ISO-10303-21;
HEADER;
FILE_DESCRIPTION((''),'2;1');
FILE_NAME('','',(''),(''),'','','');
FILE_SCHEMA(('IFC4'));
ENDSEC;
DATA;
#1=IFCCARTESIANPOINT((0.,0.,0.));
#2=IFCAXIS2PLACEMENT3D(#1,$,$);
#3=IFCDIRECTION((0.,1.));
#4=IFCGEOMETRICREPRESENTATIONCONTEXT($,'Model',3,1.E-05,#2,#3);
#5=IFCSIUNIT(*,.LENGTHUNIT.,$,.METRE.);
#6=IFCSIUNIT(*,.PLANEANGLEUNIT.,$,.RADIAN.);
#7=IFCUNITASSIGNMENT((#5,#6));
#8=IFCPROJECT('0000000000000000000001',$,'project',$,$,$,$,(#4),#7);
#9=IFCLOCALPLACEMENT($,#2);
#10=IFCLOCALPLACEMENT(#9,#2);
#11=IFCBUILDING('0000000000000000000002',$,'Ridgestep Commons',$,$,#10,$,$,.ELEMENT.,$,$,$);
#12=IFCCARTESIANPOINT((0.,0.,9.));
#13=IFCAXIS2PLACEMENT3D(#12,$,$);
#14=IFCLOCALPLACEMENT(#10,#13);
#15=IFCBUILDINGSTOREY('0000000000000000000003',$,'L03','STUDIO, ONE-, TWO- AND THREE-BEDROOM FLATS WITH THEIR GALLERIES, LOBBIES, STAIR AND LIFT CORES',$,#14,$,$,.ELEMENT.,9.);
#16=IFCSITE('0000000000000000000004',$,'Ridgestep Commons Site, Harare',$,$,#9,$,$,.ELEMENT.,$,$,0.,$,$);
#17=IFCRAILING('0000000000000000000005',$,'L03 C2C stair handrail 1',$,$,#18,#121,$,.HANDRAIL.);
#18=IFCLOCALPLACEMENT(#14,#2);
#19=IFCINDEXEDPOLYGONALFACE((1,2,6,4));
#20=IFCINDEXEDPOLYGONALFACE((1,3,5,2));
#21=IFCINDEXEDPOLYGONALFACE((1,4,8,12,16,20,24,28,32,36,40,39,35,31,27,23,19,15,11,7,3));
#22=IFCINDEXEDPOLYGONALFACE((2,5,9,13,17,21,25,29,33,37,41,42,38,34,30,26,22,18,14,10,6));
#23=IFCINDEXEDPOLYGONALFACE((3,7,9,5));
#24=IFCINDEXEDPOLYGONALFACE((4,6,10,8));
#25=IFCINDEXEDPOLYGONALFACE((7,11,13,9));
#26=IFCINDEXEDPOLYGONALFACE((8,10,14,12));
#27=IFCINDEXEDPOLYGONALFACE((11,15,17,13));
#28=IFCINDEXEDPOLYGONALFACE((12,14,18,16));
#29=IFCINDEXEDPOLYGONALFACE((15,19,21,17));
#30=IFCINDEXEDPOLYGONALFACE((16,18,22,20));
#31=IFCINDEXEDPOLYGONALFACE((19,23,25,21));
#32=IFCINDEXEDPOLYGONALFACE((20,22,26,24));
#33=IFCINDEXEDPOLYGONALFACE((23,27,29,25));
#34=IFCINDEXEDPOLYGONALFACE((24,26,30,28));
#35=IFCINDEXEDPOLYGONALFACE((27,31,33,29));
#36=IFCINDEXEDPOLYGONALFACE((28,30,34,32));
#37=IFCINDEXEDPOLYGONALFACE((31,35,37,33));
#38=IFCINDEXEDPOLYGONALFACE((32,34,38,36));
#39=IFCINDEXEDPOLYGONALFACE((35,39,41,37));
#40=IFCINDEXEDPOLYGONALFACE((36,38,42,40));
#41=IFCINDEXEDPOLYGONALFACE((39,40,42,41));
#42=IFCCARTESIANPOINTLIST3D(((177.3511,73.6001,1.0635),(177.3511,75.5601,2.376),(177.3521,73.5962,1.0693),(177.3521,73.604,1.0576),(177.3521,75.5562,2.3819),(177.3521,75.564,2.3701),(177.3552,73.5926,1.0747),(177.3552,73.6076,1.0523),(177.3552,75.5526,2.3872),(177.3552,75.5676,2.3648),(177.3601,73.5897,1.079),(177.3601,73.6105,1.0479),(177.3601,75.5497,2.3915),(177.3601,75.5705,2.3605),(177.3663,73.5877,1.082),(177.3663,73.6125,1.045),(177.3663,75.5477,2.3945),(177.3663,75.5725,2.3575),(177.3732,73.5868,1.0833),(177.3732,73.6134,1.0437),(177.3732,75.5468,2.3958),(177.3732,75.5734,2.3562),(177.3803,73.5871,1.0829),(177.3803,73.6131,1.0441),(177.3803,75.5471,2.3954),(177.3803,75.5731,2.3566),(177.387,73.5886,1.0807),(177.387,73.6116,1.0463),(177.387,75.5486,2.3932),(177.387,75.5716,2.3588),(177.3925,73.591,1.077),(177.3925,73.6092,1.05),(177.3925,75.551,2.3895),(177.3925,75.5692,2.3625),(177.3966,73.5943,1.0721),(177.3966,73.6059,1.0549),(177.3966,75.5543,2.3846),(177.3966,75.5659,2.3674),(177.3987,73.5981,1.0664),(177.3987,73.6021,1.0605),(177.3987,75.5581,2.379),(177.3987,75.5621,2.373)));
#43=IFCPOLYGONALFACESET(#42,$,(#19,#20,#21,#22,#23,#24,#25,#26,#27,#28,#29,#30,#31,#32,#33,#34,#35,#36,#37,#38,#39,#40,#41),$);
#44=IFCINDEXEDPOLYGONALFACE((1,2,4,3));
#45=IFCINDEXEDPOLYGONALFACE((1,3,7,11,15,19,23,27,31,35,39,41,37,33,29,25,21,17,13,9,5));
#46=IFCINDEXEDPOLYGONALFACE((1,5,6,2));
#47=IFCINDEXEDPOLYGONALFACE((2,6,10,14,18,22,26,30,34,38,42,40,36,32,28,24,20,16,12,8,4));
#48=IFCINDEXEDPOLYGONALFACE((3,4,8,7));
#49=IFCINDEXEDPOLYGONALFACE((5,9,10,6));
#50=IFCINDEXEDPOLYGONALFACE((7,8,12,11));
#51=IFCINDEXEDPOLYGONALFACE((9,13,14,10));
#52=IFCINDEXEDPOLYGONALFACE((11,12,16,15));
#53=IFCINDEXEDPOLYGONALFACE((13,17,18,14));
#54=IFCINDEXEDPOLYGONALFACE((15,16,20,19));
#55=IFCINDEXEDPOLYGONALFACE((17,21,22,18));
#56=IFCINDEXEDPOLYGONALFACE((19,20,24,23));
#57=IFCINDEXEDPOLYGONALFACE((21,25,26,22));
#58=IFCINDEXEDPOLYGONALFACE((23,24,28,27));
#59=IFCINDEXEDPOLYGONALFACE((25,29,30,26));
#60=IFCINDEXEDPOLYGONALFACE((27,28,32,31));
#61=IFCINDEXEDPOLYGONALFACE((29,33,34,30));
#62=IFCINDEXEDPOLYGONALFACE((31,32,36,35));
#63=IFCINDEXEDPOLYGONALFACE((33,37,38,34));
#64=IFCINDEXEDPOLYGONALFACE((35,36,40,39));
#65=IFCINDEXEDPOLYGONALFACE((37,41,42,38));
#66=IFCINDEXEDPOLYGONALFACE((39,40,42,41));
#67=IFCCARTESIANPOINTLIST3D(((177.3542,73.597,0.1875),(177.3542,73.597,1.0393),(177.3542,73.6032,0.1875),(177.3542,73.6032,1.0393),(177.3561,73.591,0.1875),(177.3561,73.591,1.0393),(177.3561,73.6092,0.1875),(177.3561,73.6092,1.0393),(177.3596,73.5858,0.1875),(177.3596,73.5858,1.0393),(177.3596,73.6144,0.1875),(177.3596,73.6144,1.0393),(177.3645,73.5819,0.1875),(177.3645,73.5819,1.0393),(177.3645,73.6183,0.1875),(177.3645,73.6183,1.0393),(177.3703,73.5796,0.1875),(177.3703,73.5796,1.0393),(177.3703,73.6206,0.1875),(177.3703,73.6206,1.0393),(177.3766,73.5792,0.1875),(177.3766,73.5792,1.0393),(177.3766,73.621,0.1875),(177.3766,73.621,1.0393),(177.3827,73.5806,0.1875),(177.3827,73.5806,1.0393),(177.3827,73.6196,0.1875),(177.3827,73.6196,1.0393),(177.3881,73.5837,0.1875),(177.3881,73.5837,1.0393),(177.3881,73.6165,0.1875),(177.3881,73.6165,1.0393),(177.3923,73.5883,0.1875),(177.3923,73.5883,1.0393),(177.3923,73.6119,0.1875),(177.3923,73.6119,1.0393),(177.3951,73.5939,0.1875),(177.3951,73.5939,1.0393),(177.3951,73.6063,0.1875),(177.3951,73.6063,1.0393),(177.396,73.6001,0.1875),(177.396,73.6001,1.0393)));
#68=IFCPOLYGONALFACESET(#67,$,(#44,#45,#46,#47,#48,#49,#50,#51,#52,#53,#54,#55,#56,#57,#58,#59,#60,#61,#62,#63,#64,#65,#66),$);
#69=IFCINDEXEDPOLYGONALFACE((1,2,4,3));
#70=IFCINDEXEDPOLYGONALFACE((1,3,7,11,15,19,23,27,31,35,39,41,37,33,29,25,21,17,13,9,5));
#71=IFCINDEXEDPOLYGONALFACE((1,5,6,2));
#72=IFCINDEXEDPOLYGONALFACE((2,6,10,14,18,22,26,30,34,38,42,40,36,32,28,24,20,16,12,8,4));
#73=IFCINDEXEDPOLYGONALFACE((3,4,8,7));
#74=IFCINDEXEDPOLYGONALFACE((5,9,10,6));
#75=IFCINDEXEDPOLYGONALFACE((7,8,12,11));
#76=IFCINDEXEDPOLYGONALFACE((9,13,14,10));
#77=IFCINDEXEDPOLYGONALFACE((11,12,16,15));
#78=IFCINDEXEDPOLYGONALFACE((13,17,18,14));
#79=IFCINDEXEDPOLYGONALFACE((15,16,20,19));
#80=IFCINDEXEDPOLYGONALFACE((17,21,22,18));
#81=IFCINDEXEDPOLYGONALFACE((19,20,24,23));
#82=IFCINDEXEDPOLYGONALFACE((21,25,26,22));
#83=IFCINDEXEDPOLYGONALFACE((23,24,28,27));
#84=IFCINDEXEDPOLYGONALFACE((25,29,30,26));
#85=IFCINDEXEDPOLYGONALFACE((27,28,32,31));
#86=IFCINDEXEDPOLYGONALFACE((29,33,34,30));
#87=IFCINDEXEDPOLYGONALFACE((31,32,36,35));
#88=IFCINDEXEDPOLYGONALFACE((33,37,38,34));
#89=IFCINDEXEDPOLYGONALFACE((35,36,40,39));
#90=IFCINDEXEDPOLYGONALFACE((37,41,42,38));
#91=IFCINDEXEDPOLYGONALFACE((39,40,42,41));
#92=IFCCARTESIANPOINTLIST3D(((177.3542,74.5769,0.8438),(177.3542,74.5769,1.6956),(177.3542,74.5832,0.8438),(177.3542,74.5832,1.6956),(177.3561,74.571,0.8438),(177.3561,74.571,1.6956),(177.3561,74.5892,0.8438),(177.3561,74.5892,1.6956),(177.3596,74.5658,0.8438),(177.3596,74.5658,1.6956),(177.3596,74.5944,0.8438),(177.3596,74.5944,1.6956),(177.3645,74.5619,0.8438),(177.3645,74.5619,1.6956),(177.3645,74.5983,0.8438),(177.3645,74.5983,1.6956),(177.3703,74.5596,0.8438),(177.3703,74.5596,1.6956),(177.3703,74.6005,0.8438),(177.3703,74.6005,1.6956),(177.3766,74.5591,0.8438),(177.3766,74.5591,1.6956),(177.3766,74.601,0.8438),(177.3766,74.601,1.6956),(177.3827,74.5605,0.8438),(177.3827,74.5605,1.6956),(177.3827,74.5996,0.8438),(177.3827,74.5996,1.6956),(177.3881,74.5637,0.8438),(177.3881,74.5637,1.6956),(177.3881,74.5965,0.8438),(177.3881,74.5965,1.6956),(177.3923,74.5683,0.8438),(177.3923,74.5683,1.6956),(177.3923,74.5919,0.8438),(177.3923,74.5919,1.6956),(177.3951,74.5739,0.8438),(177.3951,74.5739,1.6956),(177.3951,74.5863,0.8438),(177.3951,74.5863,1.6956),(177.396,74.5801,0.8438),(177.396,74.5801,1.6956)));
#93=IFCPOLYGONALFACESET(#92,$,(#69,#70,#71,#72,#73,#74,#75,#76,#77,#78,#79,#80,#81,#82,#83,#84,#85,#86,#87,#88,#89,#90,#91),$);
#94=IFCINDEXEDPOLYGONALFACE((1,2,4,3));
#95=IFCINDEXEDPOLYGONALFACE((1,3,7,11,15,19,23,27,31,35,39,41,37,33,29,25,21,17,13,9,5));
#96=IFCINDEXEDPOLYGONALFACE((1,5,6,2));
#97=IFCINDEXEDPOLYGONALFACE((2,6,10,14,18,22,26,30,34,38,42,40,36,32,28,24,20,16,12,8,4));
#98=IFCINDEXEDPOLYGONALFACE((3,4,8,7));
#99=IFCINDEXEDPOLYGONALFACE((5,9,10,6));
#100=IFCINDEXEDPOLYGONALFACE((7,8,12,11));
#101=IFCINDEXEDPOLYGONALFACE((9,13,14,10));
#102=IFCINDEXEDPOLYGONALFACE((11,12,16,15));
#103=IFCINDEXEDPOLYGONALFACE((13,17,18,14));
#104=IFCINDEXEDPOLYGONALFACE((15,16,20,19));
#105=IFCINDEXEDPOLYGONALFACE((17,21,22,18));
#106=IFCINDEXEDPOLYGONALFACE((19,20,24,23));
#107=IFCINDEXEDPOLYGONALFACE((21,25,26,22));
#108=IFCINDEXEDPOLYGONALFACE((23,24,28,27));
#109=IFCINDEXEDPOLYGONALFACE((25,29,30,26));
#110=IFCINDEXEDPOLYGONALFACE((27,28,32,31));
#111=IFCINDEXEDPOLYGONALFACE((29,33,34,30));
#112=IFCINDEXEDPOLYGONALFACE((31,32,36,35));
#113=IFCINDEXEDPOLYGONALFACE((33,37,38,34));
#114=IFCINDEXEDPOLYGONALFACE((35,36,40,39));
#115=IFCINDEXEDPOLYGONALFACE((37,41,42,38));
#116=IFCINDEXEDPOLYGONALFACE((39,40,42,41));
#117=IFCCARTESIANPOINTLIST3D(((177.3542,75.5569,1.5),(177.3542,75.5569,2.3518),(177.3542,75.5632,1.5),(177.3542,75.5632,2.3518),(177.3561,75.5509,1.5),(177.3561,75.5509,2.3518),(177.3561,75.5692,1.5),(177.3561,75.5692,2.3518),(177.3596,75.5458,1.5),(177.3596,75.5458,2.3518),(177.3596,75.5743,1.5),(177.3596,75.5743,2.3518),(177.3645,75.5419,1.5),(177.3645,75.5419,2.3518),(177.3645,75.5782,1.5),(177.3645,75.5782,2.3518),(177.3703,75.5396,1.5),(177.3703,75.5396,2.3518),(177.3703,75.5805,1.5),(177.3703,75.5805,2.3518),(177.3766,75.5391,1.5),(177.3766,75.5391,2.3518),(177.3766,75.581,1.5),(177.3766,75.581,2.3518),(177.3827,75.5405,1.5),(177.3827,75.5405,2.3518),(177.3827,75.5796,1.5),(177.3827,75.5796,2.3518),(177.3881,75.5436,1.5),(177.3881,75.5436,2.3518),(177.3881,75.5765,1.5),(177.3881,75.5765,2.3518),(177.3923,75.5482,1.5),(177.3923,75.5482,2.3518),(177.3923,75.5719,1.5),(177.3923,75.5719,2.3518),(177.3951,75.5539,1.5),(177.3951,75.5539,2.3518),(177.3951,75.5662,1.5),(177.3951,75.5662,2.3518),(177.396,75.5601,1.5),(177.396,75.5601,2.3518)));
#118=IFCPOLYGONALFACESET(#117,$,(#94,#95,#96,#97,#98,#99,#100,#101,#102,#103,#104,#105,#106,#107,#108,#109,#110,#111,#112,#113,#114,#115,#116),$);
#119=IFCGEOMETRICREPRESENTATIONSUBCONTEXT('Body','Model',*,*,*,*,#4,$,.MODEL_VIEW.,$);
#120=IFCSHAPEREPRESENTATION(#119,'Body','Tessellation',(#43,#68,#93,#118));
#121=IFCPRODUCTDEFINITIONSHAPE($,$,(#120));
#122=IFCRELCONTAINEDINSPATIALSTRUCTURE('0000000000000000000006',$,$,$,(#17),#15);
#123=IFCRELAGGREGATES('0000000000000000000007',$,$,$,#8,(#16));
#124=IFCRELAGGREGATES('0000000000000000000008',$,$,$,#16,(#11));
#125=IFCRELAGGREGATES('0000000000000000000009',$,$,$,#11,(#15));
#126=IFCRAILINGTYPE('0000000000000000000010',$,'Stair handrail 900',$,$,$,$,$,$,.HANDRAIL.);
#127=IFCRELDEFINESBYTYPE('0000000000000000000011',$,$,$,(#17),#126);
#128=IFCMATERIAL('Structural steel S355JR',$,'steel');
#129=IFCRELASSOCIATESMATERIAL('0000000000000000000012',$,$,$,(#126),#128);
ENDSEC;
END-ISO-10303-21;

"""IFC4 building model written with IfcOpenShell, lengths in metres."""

from ifc_helpers import new_model, si_unit, direction, frame, origin, origin_2d, place, context, subcontext, project, spatial, circle, extrude, material, type_object, element, save


model = new_model("IFC4")

# Units and contexts
model_context = context("Model", 3, precision=1e-05, world=origin(), true_north=direction((0.0, 1.0)))
body_context = subcontext(model_context, "Body", "Model", "MODEL_VIEW")
ifc_project = project(units=[si_unit("LENGTHUNIT", "METRE"), si_unit("PLANEANGLEUNIT", "RADIAN")], contexts=[model_context])

# Site, building, storey
site_placement = place(None, origin())
site = spatial("IfcSite", under=ifc_project, at=site_placement, Name="Ridgestep Commons Site, Harare", CompositionType="ELEMENT", RefElevation=0.0)
building_placement = place(site_placement, origin())
building = spatial("IfcBuilding", under=site, at=building_placement, Name="Ridgestep Commons", CompositionType="ELEMENT")
storey_placement = place(building_placement, frame((0.0, 0.0, 9.0)))
storey = spatial("IfcBuildingStorey", under=building, at=storey_placement, Name="L03", Description="STUDIO, ONE-, TWO- AND THREE-BEDROOM FLATS WITH THEIR GALLERIES, LOBBIES, STAIR AND LIFT CORES", CompositionType="ELEMENT", Elevation=9.0)

# Railing
ifc_material_1 = material(Name="Structural steel S355JR", Category="steel")
railing_type_1 = type_object("IfcRailingType", Name="Stair handrail 900", PredefinedType="HANDRAIL", material=ifc_material_1)
railing_1_placement = place(storey_placement, frame((177.375, 73.6001, 0.1875)))
element("IfcRailing", 1, at=railing_1_placement, inside=storey, type_object=railing_type_1, Name="L03 C2C stair handrail 1", PredefinedType="HANDRAIL", context=body_context, shape_type="SweptSolid", body=[
    extrude(circle(Radius=0.0239, at=origin_2d()), frame((0.0, 0.0, 0.876), z_axis=(0.0, 0.830902, 0.556419), x_axis=(-1.0, 0.0, 0.0)), (0.0, 0.0, 1.0), 2.3589),
    extrude(circle(Radius=0.021, at=origin_2d()), origin(), (0.0, 0.0, 1.0), 0.8518),
    extrude(circle(Radius=0.021, at=origin_2d()), frame((0.0, 0.98, 0.6562)), (0.0, 0.0, 1.0), 0.8518),
    extrude(circle(Radius=0.021, at=origin_2d()), frame((0.0, 1.96, 1.3125)), (0.0, 0.0, 1.0), 0.8518),
])

save(model, "model.ifc")
